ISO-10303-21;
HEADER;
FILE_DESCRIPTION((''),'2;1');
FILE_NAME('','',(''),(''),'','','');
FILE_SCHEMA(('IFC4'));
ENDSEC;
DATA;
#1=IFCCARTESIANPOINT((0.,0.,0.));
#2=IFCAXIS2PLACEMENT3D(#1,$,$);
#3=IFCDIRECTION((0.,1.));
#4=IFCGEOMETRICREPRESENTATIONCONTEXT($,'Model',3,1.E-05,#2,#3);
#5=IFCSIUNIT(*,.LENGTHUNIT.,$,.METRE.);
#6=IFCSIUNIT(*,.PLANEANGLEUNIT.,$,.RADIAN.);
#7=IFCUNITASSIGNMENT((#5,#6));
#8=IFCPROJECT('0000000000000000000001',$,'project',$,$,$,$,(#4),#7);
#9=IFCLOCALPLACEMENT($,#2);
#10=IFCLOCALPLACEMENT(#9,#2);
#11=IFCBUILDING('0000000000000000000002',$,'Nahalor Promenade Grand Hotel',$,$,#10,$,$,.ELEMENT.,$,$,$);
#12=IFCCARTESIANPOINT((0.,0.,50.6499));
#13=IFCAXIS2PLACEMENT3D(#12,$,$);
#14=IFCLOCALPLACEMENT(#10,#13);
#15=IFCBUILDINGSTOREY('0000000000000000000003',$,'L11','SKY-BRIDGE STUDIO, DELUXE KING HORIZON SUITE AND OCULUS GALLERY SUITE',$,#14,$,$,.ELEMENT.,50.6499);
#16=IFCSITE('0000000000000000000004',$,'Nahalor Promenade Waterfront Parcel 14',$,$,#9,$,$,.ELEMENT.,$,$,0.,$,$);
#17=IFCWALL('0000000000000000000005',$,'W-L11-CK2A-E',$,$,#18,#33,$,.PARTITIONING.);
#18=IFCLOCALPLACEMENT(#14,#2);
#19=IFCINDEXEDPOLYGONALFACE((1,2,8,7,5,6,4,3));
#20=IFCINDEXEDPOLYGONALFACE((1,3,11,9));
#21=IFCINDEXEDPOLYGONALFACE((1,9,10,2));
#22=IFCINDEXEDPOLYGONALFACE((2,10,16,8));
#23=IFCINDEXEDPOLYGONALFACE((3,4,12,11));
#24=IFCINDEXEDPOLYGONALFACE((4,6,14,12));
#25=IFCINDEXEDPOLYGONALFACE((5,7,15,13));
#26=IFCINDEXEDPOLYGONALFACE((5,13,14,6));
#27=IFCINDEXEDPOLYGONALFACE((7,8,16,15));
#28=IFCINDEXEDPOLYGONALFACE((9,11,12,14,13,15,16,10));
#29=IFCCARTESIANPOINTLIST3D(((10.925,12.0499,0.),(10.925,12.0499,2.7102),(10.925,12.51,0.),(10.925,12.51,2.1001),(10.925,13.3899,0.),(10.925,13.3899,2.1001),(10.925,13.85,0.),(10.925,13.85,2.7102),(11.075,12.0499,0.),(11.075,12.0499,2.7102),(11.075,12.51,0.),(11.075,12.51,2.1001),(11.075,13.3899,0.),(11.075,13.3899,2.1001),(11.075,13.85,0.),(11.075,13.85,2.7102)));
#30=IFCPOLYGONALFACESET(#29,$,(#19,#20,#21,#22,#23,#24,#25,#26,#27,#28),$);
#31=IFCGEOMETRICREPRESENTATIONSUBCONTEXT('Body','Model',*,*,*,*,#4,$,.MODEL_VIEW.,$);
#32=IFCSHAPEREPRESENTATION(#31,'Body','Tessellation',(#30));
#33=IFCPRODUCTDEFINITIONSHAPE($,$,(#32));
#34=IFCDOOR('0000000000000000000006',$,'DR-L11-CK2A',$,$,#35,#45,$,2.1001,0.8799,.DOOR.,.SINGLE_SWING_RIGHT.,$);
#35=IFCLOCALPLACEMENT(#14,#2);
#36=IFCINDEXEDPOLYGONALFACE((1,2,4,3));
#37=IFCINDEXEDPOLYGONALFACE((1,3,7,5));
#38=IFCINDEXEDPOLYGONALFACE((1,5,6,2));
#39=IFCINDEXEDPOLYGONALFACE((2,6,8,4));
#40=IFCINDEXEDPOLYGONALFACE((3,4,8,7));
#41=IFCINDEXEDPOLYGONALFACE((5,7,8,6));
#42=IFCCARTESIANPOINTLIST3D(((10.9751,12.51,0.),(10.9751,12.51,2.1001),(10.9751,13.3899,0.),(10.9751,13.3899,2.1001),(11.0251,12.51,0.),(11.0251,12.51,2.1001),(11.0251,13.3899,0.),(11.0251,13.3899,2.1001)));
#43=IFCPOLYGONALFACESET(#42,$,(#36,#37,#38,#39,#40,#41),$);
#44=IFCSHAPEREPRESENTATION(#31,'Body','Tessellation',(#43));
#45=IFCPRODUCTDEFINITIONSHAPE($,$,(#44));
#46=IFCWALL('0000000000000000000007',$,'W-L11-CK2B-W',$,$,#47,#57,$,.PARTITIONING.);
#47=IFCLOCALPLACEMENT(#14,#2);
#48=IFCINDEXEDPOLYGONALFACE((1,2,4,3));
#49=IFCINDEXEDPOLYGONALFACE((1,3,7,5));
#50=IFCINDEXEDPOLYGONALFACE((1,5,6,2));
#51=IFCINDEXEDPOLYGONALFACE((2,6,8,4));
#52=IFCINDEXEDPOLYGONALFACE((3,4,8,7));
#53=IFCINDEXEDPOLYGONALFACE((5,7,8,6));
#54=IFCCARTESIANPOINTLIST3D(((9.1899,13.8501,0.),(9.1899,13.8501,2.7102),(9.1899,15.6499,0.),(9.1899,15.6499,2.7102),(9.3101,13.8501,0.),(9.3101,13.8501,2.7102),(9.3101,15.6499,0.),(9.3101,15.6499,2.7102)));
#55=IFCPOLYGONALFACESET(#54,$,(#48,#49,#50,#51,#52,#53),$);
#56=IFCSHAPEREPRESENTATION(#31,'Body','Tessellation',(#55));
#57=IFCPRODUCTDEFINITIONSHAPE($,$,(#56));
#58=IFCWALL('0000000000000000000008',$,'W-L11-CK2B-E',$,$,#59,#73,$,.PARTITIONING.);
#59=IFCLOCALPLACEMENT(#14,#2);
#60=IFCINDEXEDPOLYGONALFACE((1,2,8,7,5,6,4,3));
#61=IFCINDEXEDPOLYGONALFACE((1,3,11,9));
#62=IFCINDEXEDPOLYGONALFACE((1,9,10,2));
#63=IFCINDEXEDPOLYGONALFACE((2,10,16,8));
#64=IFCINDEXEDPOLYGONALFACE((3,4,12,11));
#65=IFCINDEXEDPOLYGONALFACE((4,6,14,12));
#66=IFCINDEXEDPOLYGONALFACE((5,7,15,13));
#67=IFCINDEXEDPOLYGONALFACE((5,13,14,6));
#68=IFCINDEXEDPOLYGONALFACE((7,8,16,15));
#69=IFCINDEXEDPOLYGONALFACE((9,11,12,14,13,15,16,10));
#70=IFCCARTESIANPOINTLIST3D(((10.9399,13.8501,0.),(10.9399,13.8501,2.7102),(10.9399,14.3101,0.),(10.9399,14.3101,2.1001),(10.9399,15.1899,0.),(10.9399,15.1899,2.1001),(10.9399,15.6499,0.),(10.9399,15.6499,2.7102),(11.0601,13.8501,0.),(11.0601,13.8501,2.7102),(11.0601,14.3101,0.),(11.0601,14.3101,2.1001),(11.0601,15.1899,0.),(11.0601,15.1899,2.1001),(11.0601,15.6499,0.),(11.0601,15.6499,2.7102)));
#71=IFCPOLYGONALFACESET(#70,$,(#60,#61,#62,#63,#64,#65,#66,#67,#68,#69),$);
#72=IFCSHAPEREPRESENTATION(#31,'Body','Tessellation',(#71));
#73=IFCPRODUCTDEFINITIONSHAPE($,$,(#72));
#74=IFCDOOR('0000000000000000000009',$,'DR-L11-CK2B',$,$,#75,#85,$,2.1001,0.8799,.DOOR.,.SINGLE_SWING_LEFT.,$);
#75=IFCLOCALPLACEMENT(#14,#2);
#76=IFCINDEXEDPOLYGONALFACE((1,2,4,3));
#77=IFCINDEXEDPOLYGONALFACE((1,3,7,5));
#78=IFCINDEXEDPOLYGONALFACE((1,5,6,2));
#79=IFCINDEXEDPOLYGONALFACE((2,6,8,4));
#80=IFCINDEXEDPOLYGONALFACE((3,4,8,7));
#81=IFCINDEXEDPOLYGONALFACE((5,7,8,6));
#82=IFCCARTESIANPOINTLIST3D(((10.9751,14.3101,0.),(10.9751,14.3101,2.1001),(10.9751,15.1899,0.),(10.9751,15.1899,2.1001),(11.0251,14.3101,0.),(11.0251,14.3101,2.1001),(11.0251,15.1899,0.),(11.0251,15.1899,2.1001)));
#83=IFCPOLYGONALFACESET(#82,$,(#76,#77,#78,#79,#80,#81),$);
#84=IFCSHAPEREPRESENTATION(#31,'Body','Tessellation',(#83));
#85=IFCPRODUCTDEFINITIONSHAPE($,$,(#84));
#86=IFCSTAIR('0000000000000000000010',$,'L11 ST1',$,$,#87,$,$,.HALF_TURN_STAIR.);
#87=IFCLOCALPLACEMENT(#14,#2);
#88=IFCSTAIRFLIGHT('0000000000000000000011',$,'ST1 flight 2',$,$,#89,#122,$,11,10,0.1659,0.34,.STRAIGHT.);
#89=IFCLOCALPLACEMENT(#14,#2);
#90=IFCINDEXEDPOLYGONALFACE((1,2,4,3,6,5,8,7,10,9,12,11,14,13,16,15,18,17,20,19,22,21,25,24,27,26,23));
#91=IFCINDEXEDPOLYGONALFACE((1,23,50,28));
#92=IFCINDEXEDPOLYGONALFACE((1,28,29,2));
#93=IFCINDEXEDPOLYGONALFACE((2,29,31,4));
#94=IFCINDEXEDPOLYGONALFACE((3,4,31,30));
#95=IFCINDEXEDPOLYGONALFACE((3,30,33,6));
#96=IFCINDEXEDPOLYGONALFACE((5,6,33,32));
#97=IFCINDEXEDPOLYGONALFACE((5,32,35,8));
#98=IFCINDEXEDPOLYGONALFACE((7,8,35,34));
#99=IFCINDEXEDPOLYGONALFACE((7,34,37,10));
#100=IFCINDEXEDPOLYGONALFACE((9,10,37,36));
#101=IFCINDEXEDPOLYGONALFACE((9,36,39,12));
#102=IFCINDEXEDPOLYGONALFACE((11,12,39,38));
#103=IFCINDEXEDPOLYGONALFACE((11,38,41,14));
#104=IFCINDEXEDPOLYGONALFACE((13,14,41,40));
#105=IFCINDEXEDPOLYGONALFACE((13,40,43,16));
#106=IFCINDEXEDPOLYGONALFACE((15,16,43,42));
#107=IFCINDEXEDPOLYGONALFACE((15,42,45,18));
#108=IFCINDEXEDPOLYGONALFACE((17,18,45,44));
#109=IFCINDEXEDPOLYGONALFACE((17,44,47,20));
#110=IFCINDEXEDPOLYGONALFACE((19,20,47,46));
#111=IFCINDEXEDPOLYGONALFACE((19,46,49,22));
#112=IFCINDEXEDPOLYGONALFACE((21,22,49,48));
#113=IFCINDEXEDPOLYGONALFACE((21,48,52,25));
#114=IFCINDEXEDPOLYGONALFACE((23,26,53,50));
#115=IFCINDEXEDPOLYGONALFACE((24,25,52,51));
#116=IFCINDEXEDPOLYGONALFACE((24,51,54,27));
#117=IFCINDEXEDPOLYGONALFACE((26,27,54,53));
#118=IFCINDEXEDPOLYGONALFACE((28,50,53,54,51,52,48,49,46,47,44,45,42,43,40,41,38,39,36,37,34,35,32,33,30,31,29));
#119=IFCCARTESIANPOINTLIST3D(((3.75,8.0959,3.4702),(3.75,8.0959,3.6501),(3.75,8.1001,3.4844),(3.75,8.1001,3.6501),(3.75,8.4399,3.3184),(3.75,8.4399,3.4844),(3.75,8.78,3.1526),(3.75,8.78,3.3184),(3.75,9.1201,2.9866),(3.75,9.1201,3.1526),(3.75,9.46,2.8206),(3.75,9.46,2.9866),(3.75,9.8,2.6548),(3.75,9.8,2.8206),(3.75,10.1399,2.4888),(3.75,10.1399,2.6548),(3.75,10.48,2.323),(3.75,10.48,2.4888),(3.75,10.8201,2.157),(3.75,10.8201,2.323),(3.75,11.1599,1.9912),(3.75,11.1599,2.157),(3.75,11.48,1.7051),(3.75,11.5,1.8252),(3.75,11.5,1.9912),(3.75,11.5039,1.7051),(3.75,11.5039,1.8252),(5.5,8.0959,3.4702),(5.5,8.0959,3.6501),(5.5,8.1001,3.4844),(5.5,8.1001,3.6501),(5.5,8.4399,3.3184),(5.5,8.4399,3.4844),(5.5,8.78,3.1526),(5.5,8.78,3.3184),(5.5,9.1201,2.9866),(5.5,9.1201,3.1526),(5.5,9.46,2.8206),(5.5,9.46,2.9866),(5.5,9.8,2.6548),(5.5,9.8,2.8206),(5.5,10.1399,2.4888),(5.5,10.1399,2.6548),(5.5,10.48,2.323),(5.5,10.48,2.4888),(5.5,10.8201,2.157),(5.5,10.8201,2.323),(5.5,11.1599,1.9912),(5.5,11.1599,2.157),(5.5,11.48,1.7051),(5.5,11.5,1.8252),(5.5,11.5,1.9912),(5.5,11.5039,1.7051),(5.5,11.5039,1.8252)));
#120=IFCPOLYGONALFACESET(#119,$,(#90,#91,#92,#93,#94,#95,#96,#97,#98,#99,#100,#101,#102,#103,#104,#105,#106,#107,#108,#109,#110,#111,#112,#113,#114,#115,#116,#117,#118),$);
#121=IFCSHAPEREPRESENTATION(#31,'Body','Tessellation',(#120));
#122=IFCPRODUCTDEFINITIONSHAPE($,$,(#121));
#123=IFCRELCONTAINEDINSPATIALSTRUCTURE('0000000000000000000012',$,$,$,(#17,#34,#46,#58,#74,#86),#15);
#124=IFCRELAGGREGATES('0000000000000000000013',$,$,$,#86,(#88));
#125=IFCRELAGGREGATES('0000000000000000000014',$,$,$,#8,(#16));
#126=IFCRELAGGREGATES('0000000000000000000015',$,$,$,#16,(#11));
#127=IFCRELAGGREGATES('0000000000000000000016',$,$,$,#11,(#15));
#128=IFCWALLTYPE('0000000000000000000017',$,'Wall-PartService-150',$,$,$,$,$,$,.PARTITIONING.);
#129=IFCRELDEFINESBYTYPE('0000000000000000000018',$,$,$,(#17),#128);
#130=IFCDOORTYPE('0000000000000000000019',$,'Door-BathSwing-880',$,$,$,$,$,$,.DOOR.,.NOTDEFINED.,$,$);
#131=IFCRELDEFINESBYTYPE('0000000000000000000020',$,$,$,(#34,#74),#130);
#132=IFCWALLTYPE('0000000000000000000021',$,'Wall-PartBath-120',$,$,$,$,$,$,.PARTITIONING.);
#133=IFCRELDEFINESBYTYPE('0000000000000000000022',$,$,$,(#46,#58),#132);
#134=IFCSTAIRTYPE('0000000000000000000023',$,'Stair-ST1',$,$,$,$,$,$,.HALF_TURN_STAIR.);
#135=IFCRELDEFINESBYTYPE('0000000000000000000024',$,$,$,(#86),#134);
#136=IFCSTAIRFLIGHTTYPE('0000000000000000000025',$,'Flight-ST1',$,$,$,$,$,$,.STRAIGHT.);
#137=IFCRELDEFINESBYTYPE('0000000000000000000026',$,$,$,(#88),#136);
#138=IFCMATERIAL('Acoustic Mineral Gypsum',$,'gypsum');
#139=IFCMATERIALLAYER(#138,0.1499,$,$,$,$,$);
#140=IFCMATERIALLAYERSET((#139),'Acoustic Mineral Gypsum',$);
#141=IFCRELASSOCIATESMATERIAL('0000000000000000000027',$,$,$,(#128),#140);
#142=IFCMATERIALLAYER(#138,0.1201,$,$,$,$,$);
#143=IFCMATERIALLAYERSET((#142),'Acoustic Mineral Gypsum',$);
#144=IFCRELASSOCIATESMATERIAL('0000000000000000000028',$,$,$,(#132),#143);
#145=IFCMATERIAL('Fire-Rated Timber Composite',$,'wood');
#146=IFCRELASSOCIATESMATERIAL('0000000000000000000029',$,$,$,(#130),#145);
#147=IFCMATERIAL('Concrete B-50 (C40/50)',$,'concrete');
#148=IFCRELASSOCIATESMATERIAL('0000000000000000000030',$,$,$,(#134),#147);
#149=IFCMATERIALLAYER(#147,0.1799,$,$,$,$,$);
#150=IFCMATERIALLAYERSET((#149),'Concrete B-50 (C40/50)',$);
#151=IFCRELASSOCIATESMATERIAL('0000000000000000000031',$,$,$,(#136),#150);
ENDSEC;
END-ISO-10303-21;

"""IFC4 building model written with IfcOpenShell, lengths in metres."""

from ifc_helpers import new_model, si_unit, direction, frame, frame_2d, origin, place, context, subcontext, project, spatial, polyline, rectangle, outline, extrude, source, transform, mapped, material, layer, layer_set, type_object, element, fill, aggregate, save


model = new_model("IFC4")

# Units and contexts
model_context = context("Model", 3, precision=1e-05, world=origin(), true_north=direction((0.0, 1.0)))
body_context = subcontext(model_context, "Body", "Model", "MODEL_VIEW")
ifc_project = project(units=[si_unit("LENGTHUNIT", "METRE"), si_unit("PLANEANGLEUNIT", "RADIAN")], contexts=[model_context])

# Site, building, storey
site_placement = place(None, origin())
site = spatial("IfcSite", under=ifc_project, at=site_placement, Name="Nahalor Promenade Waterfront Parcel 14", CompositionType="ELEMENT", RefElevation=0.0)
building_placement = place(site_placement, origin())
building = spatial("IfcBuilding", under=site, at=building_placement, Name="Nahalor Promenade Grand Hotel", CompositionType="ELEMENT")
storey_placement = place(building_placement, frame((0.0, 0.0, 50.6499)))
storey = spatial("IfcBuildingStorey", under=building, at=storey_placement, Name="L11", Description="SKY-BRIDGE STUDIO, DELUXE KING HORIZON SUITE AND OCULUS GALLERY SUITE", CompositionType="ELEMENT", Elevation=50.6499)

# Shared definitions
ifc_material_1 = material(Name="Concrete B-50 (C40/50)", Category="concrete")
ifc_material_2 = material(Name="Acoustic Mineral Gypsum", Category="gypsum")
ifc_layer_1 = layer(ifc_material_2, 0.1499)
ifc_layer_set_1 = layer_set([ifc_layer_1], Name="Acoustic Mineral Gypsum")
wall_type_1 = type_object("IfcWallType", Name="Wall-PartService-150", PredefinedType="PARTITIONING", material=ifc_layer_set_1)
ifc_layer_2 = layer(ifc_material_2, 0.1201)
ifc_layer_set_2 = layer_set([ifc_layer_2], Name="Acoustic Mineral Gypsum")
wall_type_2 = type_object("IfcWallType", Name="Wall-PartBath-120", PredefinedType="PARTITIONING", material=ifc_layer_set_2)
shared_shape_1 = source(origin(), body_context, "Body", "SweptSolid", [
    extrude(rectangle(XDim=1.8, YDim=0.1499, at=frame_2d((0.8999, 0.0))), origin(), (0.0, 0.0, 1.0), 2.7102),
])

# Wall, opening, door
wall_1_placement = place(storey_placement, frame((11.0, 12.05, 0.0), z_axis=(0.0, 0.0, 1.0), x_axis=(0.0, 1.0, 0.0)))
wall_1 = element("IfcWall", 1, at=wall_1_placement, inside=storey, type_object=wall_type_1, Name="W-L11-CK2A-E", PredefinedType="PARTITIONING", context=body_context, shape_type="MappedRepresentation", body=[
    mapped(shared_shape_1, transform((0.0, 0.0, 0.0), scale=1.0)),
])
opening_1_placement = place(wall_1_placement, frame((0.46, 0.0, 0.0)))
opening_1 = element("IfcOpeningElement", 2, at=opening_1_placement, cuts=wall_1, PredefinedType="OPENING", context=body_context, shape_type="SweptSolid", body=[
    extrude(rectangle(XDim=0.8799, YDim=2.1001, at=frame_2d((0.4399, 1.05))), frame((0.0, 0.085, 0.0), z_axis=(0.0, -1.0, 0.0), x_axis=(1.0, 0.0, 0.0)), (0.0, 0.0, 1.0), 0.1699),
])
ifc_material_3 = material(Name="Fire-Rated Timber Composite", Category="wood")
door_type = type_object("IfcDoorType", Name="Door-BathSwing-880", OperationType="NOTDEFINED", PredefinedType="DOOR", material=ifc_material_3)
shared_shape_2 = source(origin(), body_context, "Body", "SweptSolid", [
    extrude(rectangle(XDim=0.8799, YDim=2.1001, at=frame_2d((0.4399, 1.05))), frame((0.0, 0.0249, 0.0), z_axis=(0.0, -1.0, 0.0), x_axis=(1.0, 0.0, 0.0)), (0.0, 0.0, 1.0), 0.05),
])
door_1_placement = place(opening_1_placement, origin())
door_1 = element("IfcDoor", 3, at=door_1_placement, inside=storey, type_object=door_type, Name="DR-L11-CK2A", OperationType="SINGLE_SWING_RIGHT", OverallHeight=2.1001, OverallWidth=0.8799, PredefinedType="DOOR", context=body_context, shape_type="MappedRepresentation", body=[
    mapped(shared_shape_2, transform((0.0, 0.0, 0.0), scale=1.0)),
])
fill(opening_1, door_1)

# Wall
shared_shape_3 = source(origin(), body_context, "Body", "SweptSolid", [
    extrude(rectangle(XDim=1.7998, YDim=0.1201, at=frame_2d((0.8999, 0.0))), origin(), (0.0, 0.0, 1.0), 2.7102),
])
wall_2_placement = place(storey_placement, frame((9.25, 13.8501, 0.0), z_axis=(0.0, 0.0, 1.0), x_axis=(0.0, 1.0, 0.0)))
element("IfcWall", 4, at=wall_2_placement, inside=storey, type_object=wall_type_2, Name="W-L11-CK2B-W", PredefinedType="PARTITIONING", context=body_context, shape_type="MappedRepresentation", body=[
    mapped(shared_shape_3, transform((0.0, 0.0, 0.0), scale=1.0)),
])

# Wall, opening, door
wall_3_placement = place(storey_placement, frame((11.0, 13.8501, 0.0), z_axis=(0.0, 0.0, 1.0), x_axis=(0.0, 1.0, 0.0)))
wall_3 = element("IfcWall", 5, at=wall_3_placement, inside=storey, type_object=wall_type_2, Name="W-L11-CK2B-E", PredefinedType="PARTITIONING", context=body_context, shape_type="MappedRepresentation", body=[
    mapped(shared_shape_3, transform((0.0, 0.0, 0.0), scale=1.0)),
])
opening_2_placement = place(wall_3_placement, frame((0.46, 0.0, 0.0)))
opening_2 = element("IfcOpeningElement", 6, at=opening_2_placement, cuts=wall_3, PredefinedType="OPENING", context=body_context, shape_type="SweptSolid", body=[
    extrude(rectangle(XDim=0.8799, YDim=2.1001, at=frame_2d((0.4399, 1.05))), frame((0.0, 0.0701, 0.0), z_axis=(0.0, -1.0, 0.0), x_axis=(1.0, 0.0, 0.0)), (0.0, 0.0, 1.0), 0.1401),
])
door_2_placement = place(opening_2_placement, origin())
door_2 = element("IfcDoor", 7, at=door_2_placement, inside=storey, type_object=door_type, Name="DR-L11-CK2B", OperationType="SINGLE_SWING_LEFT", OverallHeight=2.1001, OverallWidth=0.8799, PredefinedType="DOOR", context=body_context, shape_type="MappedRepresentation", body=[
    mapped(shared_shape_2, transform((0.0, 0.0, 0.0), scale=1.0)),
])
fill(opening_2, door_2)

# Stair, stair flight
stair_type = type_object("IfcStairType", Name="Stair-ST1", PredefinedType="HALF_TURN_STAIR", material=ifc_material_1)
stair_placement = place(storey_placement, origin())
stair = element("IfcStair", 8, at=stair_placement, inside=storey, type_object=stair_type, Name="L11 ST1", PredefinedType="HALF_TURN_STAIR")
ifc_layer_3 = layer(ifc_material_1, 0.1799)
ifc_layer_set_3 = layer_set([ifc_layer_3], Name="Concrete B-50 (C40/50)")
stair_flight_type = type_object("IfcStairFlightType", Name="Flight-ST1", PredefinedType="STRAIGHT", material=ifc_layer_set_3)
shared_shape_4 = source(origin(), body_context, "Body", "SweptSolid", [
    extrude(outline(polyline([(-0.0039, -0.1201), (-0.0039, 0.0), (0.0, 0.0), (0.0, 0.166), (0.3401, 0.166), (0.3401, 0.3318), (0.6799, 0.3318), (0.6799, 0.4978), (1.02, 0.4978), (1.02, 0.6636), (1.3601, 0.6636), (1.3601, 0.8296), (1.7, 0.8296), (1.7, 0.9954), (2.04, 0.9954), (2.04, 1.1614), (2.3799, 1.1614), (2.3799, 1.3274), (2.72, 1.3274), (2.72, 1.4932), (3.0601, 1.4932), (3.0601, 1.6592), (3.3999, 1.6592), (3.3999, 1.825), (3.4041, 1.825), (3.4041, 1.645), (0.02, -0.1201), (-0.0039, -0.1201)])), frame((0.0, 0.875, 0.0), z_axis=(0.0, -1.0, 0.0), x_axis=(1.0, 0.0, 0.0)), (0.0, 0.0, 1.0), 1.75),
])
stair_flight_placement = place(storey_placement, frame((4.625, 11.5, 1.8252), z_axis=(0.0, 0.0, 1.0), x_axis=(0.0, -1.0, 0.0)))
stair_flight = element("IfcStairFlight", 9, at=stair_flight_placement, type_object=stair_flight_type, Name="ST1 flight 2", NumberOfRisers=11, NumberOfTreads=10, PredefinedType="STRAIGHT", RiserHeight=0.1659, TreadLength=0.34, context=body_context, shape_type="MappedRepresentation", body=[
    mapped(shared_shape_4, transform((0.0, 0.0, 0.0), scale=1.0)),
])
aggregate(stair, [stair_flight])

save(model, "model.ifc")
